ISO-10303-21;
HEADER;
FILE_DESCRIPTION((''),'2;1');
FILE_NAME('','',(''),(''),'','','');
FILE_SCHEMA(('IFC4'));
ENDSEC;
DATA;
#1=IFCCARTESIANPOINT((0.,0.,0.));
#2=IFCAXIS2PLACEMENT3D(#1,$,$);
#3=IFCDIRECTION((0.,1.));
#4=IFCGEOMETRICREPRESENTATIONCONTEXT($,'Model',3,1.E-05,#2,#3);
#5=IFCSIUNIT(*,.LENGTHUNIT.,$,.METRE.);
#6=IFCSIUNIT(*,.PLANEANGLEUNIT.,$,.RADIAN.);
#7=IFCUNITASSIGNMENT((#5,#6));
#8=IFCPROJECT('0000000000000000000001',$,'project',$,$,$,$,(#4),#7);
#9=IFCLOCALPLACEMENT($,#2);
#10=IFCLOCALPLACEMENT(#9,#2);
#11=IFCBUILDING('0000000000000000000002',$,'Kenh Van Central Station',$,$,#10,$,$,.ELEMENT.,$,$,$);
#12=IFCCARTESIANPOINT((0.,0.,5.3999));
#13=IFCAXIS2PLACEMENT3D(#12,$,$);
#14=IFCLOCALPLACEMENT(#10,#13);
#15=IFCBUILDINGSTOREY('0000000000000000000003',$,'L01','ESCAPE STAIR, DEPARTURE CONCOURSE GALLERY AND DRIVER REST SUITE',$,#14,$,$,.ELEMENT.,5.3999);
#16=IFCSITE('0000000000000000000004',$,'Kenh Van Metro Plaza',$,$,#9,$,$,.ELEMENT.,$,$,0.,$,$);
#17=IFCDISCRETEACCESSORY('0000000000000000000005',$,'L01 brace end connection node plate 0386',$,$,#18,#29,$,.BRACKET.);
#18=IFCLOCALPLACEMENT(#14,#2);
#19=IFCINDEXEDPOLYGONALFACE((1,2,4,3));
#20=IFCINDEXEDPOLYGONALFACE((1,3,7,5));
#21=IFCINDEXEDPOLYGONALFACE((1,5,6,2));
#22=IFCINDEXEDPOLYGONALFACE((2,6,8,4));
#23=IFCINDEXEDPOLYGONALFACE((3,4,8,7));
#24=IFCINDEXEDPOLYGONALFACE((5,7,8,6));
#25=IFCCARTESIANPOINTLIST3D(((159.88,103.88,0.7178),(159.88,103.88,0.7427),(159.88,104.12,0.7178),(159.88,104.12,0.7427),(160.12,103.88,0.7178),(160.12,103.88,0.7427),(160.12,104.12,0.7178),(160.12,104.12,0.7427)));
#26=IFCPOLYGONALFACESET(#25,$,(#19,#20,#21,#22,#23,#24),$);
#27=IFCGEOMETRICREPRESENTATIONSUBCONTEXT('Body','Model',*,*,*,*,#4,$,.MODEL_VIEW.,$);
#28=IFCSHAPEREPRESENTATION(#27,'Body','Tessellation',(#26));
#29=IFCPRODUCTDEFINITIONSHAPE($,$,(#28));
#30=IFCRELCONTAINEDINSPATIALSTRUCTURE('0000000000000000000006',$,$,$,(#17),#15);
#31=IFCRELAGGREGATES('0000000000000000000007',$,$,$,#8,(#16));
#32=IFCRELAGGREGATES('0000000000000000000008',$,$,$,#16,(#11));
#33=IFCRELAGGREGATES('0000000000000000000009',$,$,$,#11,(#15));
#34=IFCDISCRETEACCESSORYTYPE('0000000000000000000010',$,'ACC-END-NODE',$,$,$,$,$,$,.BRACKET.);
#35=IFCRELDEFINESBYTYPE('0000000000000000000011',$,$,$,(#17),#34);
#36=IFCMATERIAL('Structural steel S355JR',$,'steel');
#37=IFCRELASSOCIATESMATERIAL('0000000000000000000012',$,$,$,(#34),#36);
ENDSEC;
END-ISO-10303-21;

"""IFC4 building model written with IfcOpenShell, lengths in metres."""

from ifc_helpers import new_model, si_unit, direction, frame, origin, origin_2d, place, context, subcontext, project, spatial, rectangle, extrude, material, type_object, element, save


model = new_model("IFC4")

# Units and contexts
model_context = context("Model", 3, precision=1e-05, world=origin(), true_north=direction((0.0, 1.0)))
body_context = subcontext(model_context, "Body", "Model", "MODEL_VIEW")
ifc_project = project(units=[si_unit("LENGTHUNIT", "METRE"), si_unit("PLANEANGLEUNIT", "RADIAN")], contexts=[model_context])

# Site, building, storey
site_placement = place(None, origin())
site = spatial("IfcSite", under=ifc_project, at=site_placement, Name="Kenh Van Metro Plaza", CompositionType="ELEMENT", RefElevation=0.0)
building_placement = place(site_placement, origin())
building = spatial("IfcBuilding", under=site, at=building_placement, Name="Kenh Van Central Station", CompositionType="ELEMENT")
storey_placement = place(building_placement, frame((0.0, 0.0, 5.3999)))
storey = spatial("IfcBuildingStorey", under=building, at=storey_placement, Name="L01", Description="ESCAPE STAIR, DEPARTURE CONCOURSE GALLERY AND DRIVER REST SUITE", CompositionType="ELEMENT", Elevation=5.3999)

# Discrete accessory
ifc_material_1 = material(Name="Structural steel S355JR", Category="steel")
discrete_accessory_type = type_object("IfcDiscreteAccessoryType", Name="ACC-END-NODE", PredefinedType="BRACKET", material=ifc_material_1)
discrete_accessory_placement = place(storey_placement, frame((160.0, 104.0, 0.7178), z_axis=(0.0, 0.0, 1.0), x_axis=(1.0, 0.0, 0.0)))
element("IfcDiscreteAccessory", 1, at=discrete_accessory_placement, inside=storey, type_object=discrete_accessory_type, Name="L01 brace end connection node plate 0386", PredefinedType="BRACKET", context=body_context, shape_type="SweptSolid", body=[
    extrude(rectangle(XDim=0.24, YDim=0.24, at=origin_2d()), origin(), (0.0, 0.0, 1.0), 0.0249),
])

save(model, "model.ifc")
